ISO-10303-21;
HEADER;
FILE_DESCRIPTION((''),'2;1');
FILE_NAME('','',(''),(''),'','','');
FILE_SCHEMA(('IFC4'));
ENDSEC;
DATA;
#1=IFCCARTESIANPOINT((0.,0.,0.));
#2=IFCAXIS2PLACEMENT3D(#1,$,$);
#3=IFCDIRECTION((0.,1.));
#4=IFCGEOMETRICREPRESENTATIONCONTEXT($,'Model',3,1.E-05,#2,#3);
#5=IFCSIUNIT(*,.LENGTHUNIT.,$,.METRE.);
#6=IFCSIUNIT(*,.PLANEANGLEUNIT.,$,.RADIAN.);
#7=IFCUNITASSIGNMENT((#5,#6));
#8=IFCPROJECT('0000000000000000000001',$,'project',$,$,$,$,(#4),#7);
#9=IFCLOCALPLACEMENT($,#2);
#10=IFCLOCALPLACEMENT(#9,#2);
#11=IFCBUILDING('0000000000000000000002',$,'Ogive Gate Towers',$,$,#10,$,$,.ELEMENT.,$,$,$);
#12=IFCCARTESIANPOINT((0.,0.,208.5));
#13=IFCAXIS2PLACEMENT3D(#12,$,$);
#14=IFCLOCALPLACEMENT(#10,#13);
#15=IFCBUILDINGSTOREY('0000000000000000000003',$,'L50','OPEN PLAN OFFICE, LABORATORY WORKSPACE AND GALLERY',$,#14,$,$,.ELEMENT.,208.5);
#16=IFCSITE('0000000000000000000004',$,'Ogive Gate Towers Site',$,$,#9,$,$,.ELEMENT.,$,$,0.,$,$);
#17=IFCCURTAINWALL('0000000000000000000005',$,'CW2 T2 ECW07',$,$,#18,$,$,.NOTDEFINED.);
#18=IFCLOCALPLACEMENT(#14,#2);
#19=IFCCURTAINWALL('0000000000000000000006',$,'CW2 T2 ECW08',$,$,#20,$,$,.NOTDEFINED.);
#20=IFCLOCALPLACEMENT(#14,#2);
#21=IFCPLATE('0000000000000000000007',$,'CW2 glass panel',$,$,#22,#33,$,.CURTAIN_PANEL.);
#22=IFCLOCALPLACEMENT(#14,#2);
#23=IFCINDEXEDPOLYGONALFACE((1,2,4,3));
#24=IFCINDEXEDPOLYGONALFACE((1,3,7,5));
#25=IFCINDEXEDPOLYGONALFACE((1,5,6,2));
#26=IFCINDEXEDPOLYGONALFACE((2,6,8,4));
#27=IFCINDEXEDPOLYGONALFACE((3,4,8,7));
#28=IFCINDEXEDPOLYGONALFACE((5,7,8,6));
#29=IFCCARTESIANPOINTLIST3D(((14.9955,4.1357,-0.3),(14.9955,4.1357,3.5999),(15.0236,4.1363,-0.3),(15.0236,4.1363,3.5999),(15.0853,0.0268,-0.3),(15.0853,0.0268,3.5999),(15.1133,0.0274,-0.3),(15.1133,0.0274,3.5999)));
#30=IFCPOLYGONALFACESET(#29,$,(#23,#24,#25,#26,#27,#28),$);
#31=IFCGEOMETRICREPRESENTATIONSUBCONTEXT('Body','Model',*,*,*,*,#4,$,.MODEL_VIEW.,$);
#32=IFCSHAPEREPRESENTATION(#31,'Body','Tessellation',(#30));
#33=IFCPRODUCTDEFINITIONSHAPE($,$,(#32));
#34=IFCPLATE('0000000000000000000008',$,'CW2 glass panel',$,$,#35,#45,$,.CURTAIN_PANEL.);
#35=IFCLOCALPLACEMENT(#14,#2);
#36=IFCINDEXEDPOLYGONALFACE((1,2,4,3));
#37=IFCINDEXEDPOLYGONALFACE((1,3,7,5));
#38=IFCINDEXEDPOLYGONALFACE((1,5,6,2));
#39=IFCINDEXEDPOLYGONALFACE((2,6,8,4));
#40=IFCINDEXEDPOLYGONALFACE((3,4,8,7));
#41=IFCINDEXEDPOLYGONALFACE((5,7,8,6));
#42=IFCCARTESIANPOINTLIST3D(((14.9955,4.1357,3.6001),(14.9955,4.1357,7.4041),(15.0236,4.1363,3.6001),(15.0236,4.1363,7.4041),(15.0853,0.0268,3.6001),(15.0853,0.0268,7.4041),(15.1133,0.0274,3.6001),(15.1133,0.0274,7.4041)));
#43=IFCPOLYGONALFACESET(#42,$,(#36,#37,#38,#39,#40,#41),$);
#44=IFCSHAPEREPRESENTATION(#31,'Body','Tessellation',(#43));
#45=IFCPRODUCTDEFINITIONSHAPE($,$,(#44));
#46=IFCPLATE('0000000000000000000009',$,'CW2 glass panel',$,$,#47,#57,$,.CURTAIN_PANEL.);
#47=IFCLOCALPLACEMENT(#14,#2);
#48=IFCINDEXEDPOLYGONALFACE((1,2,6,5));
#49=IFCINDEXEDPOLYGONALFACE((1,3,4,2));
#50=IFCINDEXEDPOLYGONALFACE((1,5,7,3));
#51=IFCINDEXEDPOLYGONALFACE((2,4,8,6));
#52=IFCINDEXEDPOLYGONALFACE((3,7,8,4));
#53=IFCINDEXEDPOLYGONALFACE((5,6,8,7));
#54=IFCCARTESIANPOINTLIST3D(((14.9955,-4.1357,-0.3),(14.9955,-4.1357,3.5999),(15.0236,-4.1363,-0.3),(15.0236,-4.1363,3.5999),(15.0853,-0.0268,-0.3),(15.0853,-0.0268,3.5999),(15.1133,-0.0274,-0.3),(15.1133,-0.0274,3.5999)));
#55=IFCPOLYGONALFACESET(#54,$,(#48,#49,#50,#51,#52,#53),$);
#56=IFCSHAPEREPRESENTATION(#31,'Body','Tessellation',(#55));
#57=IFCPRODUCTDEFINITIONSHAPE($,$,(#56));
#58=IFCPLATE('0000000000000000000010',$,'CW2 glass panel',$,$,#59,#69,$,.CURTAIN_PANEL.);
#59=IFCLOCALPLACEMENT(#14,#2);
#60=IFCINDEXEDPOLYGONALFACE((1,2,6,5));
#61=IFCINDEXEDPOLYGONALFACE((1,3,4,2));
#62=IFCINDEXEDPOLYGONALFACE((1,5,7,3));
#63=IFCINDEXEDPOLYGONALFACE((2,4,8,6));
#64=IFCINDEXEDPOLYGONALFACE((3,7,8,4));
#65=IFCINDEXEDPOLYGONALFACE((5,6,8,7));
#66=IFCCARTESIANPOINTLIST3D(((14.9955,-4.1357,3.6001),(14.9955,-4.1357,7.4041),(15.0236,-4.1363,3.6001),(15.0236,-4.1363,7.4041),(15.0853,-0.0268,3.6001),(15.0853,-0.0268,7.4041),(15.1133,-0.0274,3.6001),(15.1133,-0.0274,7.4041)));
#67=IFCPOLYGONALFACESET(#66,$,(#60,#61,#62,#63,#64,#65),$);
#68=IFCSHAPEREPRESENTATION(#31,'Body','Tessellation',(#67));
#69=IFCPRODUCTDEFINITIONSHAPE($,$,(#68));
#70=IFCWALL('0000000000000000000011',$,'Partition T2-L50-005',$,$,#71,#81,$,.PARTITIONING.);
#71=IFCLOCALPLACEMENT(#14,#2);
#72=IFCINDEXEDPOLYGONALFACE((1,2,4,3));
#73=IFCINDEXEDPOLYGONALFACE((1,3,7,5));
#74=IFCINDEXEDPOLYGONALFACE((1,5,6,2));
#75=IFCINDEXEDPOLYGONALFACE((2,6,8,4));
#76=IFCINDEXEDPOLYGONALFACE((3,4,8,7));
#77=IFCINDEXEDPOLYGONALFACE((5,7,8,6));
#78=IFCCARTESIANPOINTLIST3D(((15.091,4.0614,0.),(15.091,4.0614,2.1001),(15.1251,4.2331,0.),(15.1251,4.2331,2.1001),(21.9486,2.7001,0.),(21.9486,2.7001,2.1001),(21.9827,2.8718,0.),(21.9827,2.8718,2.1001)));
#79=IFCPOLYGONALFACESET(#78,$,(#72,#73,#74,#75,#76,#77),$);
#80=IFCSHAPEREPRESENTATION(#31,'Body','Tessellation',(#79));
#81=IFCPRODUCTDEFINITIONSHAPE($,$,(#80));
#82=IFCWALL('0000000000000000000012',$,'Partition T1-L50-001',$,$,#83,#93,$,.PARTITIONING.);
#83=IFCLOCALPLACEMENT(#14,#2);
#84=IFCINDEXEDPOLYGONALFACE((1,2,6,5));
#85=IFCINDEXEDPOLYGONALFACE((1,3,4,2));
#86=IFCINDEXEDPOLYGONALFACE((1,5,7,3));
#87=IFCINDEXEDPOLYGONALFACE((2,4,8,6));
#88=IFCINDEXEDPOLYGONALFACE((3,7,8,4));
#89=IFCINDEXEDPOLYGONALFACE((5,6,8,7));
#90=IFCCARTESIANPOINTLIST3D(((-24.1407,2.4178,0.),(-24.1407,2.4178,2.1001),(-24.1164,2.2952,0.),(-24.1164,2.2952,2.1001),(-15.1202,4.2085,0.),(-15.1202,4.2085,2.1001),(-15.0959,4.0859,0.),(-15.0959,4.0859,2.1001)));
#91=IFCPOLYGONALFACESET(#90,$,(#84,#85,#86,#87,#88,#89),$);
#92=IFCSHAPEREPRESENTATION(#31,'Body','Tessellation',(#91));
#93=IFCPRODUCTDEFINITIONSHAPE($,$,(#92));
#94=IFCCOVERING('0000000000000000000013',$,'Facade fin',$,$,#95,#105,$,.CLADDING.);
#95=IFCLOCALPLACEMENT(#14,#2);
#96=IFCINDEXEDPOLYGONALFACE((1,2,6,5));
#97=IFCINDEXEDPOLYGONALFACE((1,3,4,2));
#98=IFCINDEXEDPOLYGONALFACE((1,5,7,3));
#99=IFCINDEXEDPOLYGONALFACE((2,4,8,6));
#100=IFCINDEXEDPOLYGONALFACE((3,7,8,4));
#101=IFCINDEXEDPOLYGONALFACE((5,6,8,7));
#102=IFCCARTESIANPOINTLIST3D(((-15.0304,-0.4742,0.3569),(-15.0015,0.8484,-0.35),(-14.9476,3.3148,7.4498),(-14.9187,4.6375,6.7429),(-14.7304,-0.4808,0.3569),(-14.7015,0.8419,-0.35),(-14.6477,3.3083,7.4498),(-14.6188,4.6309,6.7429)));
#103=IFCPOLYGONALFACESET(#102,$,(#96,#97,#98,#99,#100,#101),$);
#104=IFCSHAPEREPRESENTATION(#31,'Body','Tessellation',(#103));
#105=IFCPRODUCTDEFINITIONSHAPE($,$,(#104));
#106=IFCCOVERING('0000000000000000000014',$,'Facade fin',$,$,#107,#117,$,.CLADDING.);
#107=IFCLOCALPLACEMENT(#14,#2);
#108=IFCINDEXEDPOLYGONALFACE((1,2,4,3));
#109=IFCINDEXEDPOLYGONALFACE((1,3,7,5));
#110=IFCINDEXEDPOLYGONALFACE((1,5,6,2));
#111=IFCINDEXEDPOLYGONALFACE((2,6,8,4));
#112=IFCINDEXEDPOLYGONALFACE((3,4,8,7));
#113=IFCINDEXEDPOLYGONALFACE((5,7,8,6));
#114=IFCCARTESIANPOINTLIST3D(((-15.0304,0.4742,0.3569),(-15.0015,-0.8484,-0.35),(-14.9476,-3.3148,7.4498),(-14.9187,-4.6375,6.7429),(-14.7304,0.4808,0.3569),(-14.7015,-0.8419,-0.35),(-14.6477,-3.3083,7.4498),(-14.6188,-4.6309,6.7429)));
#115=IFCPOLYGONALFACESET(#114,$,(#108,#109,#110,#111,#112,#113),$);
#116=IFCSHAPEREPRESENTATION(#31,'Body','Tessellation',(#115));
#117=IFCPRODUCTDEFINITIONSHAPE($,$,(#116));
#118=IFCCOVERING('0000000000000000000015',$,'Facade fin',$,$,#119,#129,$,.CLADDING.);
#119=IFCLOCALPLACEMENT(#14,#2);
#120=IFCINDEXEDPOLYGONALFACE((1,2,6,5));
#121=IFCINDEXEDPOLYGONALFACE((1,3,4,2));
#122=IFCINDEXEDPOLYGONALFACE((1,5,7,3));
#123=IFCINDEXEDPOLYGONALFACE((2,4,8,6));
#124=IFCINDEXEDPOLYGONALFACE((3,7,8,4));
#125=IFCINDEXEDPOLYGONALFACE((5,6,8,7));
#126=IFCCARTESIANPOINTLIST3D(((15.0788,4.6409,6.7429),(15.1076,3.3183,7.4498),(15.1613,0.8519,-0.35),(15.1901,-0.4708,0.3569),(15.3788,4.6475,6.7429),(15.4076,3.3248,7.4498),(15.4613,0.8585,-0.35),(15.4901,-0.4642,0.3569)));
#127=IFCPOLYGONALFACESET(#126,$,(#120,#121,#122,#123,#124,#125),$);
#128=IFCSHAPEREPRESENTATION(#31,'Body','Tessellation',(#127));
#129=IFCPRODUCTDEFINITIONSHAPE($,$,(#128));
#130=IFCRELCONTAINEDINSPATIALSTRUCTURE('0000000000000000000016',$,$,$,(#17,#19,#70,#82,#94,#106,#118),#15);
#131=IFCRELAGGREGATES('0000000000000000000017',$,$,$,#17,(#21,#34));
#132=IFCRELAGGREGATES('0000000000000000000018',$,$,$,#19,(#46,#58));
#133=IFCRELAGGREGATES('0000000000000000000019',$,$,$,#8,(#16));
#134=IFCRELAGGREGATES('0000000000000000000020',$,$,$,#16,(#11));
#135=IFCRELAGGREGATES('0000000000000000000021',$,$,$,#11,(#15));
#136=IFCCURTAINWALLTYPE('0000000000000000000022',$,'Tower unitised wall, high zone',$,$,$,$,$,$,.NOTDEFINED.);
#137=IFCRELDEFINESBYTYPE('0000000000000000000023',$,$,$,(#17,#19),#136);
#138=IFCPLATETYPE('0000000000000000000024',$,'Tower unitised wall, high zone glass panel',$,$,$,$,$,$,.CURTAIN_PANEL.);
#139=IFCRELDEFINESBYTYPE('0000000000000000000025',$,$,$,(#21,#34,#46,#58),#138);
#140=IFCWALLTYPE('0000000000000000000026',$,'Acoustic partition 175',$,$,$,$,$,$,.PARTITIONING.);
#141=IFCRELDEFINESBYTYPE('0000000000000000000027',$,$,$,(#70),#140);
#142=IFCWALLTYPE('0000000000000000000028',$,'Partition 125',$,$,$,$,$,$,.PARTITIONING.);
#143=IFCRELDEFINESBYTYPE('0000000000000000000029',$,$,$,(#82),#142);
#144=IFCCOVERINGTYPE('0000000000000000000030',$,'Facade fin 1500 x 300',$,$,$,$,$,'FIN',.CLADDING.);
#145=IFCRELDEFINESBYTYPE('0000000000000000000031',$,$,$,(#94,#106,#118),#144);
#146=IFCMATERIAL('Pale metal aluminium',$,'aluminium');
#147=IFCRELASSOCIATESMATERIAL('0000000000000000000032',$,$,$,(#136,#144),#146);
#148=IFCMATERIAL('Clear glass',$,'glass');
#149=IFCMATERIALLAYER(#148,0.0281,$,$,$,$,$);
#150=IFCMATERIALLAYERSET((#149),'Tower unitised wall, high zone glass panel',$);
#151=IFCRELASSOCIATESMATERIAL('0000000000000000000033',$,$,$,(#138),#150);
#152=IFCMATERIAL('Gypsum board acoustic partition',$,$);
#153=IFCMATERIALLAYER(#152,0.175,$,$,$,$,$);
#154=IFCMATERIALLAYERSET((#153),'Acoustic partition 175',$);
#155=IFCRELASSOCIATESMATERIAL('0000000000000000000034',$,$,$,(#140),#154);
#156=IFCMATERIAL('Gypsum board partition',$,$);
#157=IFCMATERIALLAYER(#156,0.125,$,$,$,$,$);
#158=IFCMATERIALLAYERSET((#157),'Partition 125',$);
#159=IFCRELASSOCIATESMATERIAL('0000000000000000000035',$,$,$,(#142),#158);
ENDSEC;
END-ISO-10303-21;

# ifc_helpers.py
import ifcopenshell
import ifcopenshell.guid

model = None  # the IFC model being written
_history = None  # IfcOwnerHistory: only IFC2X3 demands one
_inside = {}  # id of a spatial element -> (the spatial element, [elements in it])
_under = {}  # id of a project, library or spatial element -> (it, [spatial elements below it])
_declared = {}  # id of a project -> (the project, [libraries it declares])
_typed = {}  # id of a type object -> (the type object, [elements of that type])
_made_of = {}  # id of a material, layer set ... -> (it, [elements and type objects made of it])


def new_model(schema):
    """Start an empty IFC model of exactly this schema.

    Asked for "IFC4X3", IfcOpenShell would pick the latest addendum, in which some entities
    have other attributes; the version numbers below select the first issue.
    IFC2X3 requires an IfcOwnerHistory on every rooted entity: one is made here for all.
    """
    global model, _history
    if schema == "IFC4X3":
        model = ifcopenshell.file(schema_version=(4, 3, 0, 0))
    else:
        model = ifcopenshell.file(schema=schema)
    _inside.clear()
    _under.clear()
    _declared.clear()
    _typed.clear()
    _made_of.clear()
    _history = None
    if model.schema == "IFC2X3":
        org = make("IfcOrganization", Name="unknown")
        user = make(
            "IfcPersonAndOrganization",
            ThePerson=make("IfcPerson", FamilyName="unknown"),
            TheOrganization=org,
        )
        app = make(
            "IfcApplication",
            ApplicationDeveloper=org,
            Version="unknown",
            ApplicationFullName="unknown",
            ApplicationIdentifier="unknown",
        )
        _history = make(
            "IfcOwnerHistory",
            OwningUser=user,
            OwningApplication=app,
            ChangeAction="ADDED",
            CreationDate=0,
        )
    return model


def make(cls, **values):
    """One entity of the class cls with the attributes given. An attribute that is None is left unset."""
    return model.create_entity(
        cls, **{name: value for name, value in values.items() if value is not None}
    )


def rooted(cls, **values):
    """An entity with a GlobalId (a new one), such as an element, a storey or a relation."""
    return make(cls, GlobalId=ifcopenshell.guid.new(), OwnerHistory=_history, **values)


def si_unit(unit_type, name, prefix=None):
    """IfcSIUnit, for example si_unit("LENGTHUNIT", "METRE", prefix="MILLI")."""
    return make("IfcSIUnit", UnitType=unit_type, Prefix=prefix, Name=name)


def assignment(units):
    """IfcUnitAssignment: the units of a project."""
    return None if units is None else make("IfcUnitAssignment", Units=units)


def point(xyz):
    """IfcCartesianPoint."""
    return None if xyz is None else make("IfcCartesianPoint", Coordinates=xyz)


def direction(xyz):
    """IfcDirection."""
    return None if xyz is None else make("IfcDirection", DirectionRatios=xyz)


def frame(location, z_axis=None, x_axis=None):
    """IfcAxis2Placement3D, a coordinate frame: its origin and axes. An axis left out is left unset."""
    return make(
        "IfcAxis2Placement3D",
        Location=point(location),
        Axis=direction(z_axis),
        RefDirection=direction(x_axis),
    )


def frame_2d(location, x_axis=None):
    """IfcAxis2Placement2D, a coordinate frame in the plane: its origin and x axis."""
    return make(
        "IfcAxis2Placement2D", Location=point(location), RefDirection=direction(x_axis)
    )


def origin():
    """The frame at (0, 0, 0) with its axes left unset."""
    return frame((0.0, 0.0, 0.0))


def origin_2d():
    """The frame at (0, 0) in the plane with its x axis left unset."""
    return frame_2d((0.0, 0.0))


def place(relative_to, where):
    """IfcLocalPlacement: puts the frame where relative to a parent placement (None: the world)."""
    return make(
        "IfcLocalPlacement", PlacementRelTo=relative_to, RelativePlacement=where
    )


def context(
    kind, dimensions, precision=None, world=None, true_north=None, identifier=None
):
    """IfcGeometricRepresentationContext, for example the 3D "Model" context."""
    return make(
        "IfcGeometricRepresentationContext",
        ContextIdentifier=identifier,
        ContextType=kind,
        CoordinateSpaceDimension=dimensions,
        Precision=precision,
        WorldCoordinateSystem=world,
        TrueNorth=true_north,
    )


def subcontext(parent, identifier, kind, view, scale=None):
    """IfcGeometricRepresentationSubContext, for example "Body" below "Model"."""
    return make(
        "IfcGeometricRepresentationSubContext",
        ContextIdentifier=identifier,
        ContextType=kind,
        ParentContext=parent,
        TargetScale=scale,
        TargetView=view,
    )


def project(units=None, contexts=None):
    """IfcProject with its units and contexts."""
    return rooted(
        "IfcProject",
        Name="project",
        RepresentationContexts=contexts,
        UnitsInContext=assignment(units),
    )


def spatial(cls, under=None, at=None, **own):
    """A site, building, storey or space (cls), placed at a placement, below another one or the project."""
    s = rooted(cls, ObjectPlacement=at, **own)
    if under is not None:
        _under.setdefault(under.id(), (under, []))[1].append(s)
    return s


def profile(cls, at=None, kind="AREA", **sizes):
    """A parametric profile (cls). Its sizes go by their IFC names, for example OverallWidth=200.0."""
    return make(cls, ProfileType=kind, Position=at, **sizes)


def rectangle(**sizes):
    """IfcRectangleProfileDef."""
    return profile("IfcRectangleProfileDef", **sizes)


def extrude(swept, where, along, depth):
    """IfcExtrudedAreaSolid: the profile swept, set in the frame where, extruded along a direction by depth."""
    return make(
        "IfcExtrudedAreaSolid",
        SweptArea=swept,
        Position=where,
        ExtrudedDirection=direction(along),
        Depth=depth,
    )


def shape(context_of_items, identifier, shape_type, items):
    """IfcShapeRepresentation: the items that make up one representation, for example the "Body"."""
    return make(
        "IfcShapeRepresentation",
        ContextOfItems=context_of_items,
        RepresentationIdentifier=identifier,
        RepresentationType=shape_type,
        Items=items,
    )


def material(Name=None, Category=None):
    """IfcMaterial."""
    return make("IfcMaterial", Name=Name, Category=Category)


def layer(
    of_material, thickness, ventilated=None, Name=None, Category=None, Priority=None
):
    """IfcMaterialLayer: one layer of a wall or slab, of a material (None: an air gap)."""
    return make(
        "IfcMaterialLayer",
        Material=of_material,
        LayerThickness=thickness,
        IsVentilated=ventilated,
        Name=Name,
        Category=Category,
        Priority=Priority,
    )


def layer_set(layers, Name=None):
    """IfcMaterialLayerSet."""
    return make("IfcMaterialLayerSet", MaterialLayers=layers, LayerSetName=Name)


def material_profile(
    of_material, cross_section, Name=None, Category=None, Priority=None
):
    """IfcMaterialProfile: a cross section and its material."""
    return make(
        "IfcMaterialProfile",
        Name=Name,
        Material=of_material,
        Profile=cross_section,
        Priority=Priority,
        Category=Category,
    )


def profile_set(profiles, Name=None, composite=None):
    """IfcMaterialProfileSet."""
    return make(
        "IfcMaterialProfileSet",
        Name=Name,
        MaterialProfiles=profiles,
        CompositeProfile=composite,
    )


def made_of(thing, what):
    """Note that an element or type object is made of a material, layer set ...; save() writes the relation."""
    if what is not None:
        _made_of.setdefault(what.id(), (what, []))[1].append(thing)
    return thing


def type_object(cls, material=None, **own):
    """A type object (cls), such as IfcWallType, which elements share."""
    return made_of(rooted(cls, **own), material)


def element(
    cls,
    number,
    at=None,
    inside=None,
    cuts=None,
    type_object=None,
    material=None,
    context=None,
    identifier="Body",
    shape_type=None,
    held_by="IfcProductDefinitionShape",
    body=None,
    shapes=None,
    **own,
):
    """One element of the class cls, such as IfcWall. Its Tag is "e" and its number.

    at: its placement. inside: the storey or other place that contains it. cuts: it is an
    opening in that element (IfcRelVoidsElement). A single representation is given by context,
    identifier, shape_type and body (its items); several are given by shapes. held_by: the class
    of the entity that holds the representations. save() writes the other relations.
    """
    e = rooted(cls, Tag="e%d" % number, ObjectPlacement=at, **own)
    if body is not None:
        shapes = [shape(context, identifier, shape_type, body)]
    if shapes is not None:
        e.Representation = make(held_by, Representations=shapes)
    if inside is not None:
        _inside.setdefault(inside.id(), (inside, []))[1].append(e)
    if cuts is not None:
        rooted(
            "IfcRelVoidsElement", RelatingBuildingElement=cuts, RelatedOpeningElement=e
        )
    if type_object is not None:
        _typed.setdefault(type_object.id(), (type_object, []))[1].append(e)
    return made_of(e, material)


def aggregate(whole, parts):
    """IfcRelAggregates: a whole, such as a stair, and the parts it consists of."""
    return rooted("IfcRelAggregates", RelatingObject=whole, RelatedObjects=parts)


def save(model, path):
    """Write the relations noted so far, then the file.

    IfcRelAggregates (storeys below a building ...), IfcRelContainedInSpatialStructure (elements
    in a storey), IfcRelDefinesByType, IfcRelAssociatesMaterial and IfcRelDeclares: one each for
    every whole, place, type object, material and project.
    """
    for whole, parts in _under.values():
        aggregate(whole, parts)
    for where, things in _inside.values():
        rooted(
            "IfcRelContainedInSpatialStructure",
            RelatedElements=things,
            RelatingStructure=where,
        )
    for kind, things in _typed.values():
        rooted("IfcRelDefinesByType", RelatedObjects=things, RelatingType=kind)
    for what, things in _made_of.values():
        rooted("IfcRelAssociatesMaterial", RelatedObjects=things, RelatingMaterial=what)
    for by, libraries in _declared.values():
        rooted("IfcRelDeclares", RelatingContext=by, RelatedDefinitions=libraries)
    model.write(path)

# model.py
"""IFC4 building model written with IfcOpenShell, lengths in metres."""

from ifc_helpers import new_model, si_unit, direction, frame, frame_2d, origin, origin_2d, place, context, subcontext, project, spatial, rectangle, extrude, material, layer, layer_set, material_profile, profile_set, type_object, element, aggregate, save


model = new_model("IFC4")

# Units and contexts
model_context = context("Model", 3, precision=1e-05, world=origin(), true_north=direction((0.0, 1.0)))
body_context = subcontext(model_context, "Body", "Model", "MODEL_VIEW")
ifc_project = project(units=[si_unit("LENGTHUNIT", "METRE"), si_unit("PLANEANGLEUNIT", "RADIAN")], contexts=[model_context])

# Site, building, storey
site_placement = place(None, origin())
site = spatial("IfcSite", under=ifc_project, at=site_placement, Name="Ogive Gate Towers Site", CompositionType="ELEMENT", RefElevation=0.0)
building_placement = place(site_placement, origin())
building = spatial("IfcBuilding", under=site, at=building_placement, Name="Ogive Gate Towers", CompositionType="ELEMENT")
storey_placement = place(building_placement, frame((0.0, 0.0, 208.5)))
storey = spatial("IfcBuildingStorey", under=building, at=storey_placement, Name="L50", Description="OPEN PLAN OFFICE, LABORATORY WORKSPACE AND GALLERY", CompositionType="ELEMENT", Elevation=208.5)

# Shared definitions
ifc_material_1 = material(Name="Pale metal aluminium", Category="aluminium")
curtain_wall_type = type_object("IfcCurtainWallType", Name="Tower unitised wall, high zone", PredefinedType="NOTDEFINED", material=ifc_material_1)

# Curtain wall
curtain_wall_1_placement = place(storey_placement, origin())
curtain_wall_1 = element("IfcCurtainWall", 1, at=curtain_wall_1_placement, inside=storey, type_object=curtain_wall_type, Name="CW2 T2 ECW07", PredefinedType="NOTDEFINED")

# Curtain wall
curtain_wall_2_placement = place(storey_placement, origin())
curtain_wall_2 = element("IfcCurtainWall", 2, at=curtain_wall_2_placement, inside=storey, type_object=curtain_wall_type, Name="CW2 T2 ECW08", PredefinedType="NOTDEFINED")

# Plates
ifc_material_2 = material(Name="Clear glass", Category="glass")
ifc_layer_1 = layer(ifc_material_2, 0.0281)
ifc_layer_set_1 = layer_set([ifc_layer_1], Name="Tower unitised wall, high zone glass panel")
plate_type = type_object("IfcPlateType", Name="Tower unitised wall, high zone glass panel", PredefinedType="CURTAIN_PANEL", material=ifc_layer_set_1)
plate_1_placement = place(storey_placement, frame((15.0544, 2.0815, -0.3), z_axis=(0.0, 0.0, 1.0), x_axis=(-0.021832, 0.999762, 0.0)))
plate_1 = element("IfcPlate", 3, at=plate_1_placement, type_object=plate_type, Name="CW2 glass panel", PredefinedType="CURTAIN_PANEL", context=body_context, shape_type="SweptSolid", body=[
    extrude(rectangle(XDim=4.1099, YDim=0.0281, at=origin_2d()), origin(), (0.0, 0.0, 1.0), 3.8999),
])
plate_2_placement = place(storey_placement, frame((15.0544, 2.0815, 3.6001), z_axis=(0.0, 0.0, 1.0), x_axis=(-0.021832, 0.999762, 0.0)))
plate_2 = element("IfcPlate", 4, at=plate_2_placement, type_object=plate_type, Name="CW2 glass panel", PredefinedType="CURTAIN_PANEL", context=body_context, shape_type="SweptSolid", body=[
    extrude(rectangle(XDim=4.1099, YDim=0.0281, at=origin_2d()), origin(), (0.0, 0.0, 1.0), 3.804),
])
aggregate(curtain_wall_1, [plate_1, plate_2])
plate_3_placement = place(storey_placement, frame((15.0544, -2.0815, -0.3), z_axis=(0.0, 0.0, 1.0), x_axis=(0.021832, 0.999762, 0.0)))
plate_3 = element("IfcPlate", 5, at=plate_3_placement, type_object=plate_type, Name="CW2 glass panel", PredefinedType="CURTAIN_PANEL", context=body_context, shape_type="SweptSolid", body=[
    extrude(rectangle(XDim=4.1099, YDim=0.0281, at=origin_2d()), origin(), (0.0, 0.0, 1.0), 3.8999),
])
plate_4_placement = place(storey_placement, frame((15.0544, -2.0815, 3.6001), z_axis=(0.0, 0.0, 1.0), x_axis=(0.021832, 0.999762, 0.0)))
plate_4 = element("IfcPlate", 6, at=plate_4_placement, type_object=plate_type, Name="CW2 glass panel", PredefinedType="CURTAIN_PANEL", context=body_context, shape_type="SweptSolid", body=[
    extrude(rectangle(XDim=4.1099, YDim=0.0281, at=origin_2d()), origin(), (0.0, 0.0, 1.0), 3.804),
])
aggregate(curtain_wall_2, [plate_3, plate_4])

# Walls
ifc_material_3 = material(Name="Gypsum board acoustic partition")
ifc_layer_2 = layer(ifc_material_3, 0.175)
ifc_layer_set_2 = layer_set([ifc_layer_2], Name="Acoustic partition 175")
wall_type_1 = type_object("IfcWallType", Name="Acoustic partition 175", PredefinedType="PARTITIONING", material=ifc_layer_set_2)
wall_1_placement = place(storey_placement, frame((15.1082, 4.1472, 0.0), z_axis=(0.0, 0.0, 1.0), x_axis=(0.98086, -0.194712, 0.0)))
element("IfcWall", 7, at=wall_1_placement, inside=storey, type_object=wall_type_1, Name="Partition T2-L50-005", PredefinedType="PARTITIONING", context=body_context, shape_type="SweptSolid", body=[
    extrude(rectangle(XDim=6.9915, YDim=0.175, at=frame_2d((3.4956, 0.0))), origin(), (0.0, 0.0, 1.0), 2.1001),
])
ifc_material_4 = material(Name="Gypsum board partition")
ifc_layer_3 = layer(ifc_material_4, 0.125)
ifc_layer_set_3 = layer_set([ifc_layer_3], Name="Partition 125")
wall_type_2 = type_object("IfcWallType", Name="Partition 125", PredefinedType="PARTITIONING", material=ifc_layer_set_3)
wall_2_placement = place(storey_placement, frame((-15.1082, 4.1472, 0.0), z_axis=(0.0, 0.0, 1.0), x_axis=(-0.980858, -0.194722, 0.0)))
element("IfcWall", 8, at=wall_2_placement, inside=storey, type_object=wall_type_2, Name="Partition T1-L50-001", PredefinedType="PARTITIONING", context=body_context, shape_type="SweptSolid", body=[
    extrude(rectangle(XDim=9.1965, YDim=0.125, at=frame_2d((4.5981, 0.0))), origin(), (0.0, 0.0, 1.0), 2.1001),
])

# Coverings
ifc_material_profile_1 = material_profile(ifc_material_1, rectangle(XDim=0.3, YDim=1.5, at=origin_2d()), Name="1500 x 300 pale metal aluminium")
ifc_profile_set_1 = profile_set([ifc_material_profile_1], Name="Pale metal aluminium")
covering_type = type_object("IfcCoveringType", Name="Facade fin 1500 x 300", ElementType="FIN", PredefinedType="CLADDING", material=ifc_profile_set_1)
for number, where, z_axis, x_axis, name in (
    (9, (-14.866, 0.1838, 0.0034), (0.010291, 0.471156, 0.88199), (-0.999762, 0.021838, 0.0), "Facade fin"),
    (10, (-14.866, -0.1838, 0.0034), (0.010291, -0.471156, 0.88199), (0.999762, 0.021838, 0.0), "Facade fin"),
    (11, (15.3257, 0.1938, 0.0034), (-0.010261, 0.471156, 0.88199), (-0.999763, -0.021773, 0.0), "Facade fin"),
):
    element("IfcCovering", number, at=place(storey_placement, frame(where, z_axis=z_axis, x_axis=x_axis)), inside=storey, type_object=covering_type, Name=name, PredefinedType="CLADDING", context=body_context, shape_type="SweptSolid", body=[
        extrude(rectangle(XDim=0.3, YDim=1.5, at=origin_2d()), origin(), (0.0, 0.0, 1.0), 8.042),
    ])

save(model, "model.ifc")
